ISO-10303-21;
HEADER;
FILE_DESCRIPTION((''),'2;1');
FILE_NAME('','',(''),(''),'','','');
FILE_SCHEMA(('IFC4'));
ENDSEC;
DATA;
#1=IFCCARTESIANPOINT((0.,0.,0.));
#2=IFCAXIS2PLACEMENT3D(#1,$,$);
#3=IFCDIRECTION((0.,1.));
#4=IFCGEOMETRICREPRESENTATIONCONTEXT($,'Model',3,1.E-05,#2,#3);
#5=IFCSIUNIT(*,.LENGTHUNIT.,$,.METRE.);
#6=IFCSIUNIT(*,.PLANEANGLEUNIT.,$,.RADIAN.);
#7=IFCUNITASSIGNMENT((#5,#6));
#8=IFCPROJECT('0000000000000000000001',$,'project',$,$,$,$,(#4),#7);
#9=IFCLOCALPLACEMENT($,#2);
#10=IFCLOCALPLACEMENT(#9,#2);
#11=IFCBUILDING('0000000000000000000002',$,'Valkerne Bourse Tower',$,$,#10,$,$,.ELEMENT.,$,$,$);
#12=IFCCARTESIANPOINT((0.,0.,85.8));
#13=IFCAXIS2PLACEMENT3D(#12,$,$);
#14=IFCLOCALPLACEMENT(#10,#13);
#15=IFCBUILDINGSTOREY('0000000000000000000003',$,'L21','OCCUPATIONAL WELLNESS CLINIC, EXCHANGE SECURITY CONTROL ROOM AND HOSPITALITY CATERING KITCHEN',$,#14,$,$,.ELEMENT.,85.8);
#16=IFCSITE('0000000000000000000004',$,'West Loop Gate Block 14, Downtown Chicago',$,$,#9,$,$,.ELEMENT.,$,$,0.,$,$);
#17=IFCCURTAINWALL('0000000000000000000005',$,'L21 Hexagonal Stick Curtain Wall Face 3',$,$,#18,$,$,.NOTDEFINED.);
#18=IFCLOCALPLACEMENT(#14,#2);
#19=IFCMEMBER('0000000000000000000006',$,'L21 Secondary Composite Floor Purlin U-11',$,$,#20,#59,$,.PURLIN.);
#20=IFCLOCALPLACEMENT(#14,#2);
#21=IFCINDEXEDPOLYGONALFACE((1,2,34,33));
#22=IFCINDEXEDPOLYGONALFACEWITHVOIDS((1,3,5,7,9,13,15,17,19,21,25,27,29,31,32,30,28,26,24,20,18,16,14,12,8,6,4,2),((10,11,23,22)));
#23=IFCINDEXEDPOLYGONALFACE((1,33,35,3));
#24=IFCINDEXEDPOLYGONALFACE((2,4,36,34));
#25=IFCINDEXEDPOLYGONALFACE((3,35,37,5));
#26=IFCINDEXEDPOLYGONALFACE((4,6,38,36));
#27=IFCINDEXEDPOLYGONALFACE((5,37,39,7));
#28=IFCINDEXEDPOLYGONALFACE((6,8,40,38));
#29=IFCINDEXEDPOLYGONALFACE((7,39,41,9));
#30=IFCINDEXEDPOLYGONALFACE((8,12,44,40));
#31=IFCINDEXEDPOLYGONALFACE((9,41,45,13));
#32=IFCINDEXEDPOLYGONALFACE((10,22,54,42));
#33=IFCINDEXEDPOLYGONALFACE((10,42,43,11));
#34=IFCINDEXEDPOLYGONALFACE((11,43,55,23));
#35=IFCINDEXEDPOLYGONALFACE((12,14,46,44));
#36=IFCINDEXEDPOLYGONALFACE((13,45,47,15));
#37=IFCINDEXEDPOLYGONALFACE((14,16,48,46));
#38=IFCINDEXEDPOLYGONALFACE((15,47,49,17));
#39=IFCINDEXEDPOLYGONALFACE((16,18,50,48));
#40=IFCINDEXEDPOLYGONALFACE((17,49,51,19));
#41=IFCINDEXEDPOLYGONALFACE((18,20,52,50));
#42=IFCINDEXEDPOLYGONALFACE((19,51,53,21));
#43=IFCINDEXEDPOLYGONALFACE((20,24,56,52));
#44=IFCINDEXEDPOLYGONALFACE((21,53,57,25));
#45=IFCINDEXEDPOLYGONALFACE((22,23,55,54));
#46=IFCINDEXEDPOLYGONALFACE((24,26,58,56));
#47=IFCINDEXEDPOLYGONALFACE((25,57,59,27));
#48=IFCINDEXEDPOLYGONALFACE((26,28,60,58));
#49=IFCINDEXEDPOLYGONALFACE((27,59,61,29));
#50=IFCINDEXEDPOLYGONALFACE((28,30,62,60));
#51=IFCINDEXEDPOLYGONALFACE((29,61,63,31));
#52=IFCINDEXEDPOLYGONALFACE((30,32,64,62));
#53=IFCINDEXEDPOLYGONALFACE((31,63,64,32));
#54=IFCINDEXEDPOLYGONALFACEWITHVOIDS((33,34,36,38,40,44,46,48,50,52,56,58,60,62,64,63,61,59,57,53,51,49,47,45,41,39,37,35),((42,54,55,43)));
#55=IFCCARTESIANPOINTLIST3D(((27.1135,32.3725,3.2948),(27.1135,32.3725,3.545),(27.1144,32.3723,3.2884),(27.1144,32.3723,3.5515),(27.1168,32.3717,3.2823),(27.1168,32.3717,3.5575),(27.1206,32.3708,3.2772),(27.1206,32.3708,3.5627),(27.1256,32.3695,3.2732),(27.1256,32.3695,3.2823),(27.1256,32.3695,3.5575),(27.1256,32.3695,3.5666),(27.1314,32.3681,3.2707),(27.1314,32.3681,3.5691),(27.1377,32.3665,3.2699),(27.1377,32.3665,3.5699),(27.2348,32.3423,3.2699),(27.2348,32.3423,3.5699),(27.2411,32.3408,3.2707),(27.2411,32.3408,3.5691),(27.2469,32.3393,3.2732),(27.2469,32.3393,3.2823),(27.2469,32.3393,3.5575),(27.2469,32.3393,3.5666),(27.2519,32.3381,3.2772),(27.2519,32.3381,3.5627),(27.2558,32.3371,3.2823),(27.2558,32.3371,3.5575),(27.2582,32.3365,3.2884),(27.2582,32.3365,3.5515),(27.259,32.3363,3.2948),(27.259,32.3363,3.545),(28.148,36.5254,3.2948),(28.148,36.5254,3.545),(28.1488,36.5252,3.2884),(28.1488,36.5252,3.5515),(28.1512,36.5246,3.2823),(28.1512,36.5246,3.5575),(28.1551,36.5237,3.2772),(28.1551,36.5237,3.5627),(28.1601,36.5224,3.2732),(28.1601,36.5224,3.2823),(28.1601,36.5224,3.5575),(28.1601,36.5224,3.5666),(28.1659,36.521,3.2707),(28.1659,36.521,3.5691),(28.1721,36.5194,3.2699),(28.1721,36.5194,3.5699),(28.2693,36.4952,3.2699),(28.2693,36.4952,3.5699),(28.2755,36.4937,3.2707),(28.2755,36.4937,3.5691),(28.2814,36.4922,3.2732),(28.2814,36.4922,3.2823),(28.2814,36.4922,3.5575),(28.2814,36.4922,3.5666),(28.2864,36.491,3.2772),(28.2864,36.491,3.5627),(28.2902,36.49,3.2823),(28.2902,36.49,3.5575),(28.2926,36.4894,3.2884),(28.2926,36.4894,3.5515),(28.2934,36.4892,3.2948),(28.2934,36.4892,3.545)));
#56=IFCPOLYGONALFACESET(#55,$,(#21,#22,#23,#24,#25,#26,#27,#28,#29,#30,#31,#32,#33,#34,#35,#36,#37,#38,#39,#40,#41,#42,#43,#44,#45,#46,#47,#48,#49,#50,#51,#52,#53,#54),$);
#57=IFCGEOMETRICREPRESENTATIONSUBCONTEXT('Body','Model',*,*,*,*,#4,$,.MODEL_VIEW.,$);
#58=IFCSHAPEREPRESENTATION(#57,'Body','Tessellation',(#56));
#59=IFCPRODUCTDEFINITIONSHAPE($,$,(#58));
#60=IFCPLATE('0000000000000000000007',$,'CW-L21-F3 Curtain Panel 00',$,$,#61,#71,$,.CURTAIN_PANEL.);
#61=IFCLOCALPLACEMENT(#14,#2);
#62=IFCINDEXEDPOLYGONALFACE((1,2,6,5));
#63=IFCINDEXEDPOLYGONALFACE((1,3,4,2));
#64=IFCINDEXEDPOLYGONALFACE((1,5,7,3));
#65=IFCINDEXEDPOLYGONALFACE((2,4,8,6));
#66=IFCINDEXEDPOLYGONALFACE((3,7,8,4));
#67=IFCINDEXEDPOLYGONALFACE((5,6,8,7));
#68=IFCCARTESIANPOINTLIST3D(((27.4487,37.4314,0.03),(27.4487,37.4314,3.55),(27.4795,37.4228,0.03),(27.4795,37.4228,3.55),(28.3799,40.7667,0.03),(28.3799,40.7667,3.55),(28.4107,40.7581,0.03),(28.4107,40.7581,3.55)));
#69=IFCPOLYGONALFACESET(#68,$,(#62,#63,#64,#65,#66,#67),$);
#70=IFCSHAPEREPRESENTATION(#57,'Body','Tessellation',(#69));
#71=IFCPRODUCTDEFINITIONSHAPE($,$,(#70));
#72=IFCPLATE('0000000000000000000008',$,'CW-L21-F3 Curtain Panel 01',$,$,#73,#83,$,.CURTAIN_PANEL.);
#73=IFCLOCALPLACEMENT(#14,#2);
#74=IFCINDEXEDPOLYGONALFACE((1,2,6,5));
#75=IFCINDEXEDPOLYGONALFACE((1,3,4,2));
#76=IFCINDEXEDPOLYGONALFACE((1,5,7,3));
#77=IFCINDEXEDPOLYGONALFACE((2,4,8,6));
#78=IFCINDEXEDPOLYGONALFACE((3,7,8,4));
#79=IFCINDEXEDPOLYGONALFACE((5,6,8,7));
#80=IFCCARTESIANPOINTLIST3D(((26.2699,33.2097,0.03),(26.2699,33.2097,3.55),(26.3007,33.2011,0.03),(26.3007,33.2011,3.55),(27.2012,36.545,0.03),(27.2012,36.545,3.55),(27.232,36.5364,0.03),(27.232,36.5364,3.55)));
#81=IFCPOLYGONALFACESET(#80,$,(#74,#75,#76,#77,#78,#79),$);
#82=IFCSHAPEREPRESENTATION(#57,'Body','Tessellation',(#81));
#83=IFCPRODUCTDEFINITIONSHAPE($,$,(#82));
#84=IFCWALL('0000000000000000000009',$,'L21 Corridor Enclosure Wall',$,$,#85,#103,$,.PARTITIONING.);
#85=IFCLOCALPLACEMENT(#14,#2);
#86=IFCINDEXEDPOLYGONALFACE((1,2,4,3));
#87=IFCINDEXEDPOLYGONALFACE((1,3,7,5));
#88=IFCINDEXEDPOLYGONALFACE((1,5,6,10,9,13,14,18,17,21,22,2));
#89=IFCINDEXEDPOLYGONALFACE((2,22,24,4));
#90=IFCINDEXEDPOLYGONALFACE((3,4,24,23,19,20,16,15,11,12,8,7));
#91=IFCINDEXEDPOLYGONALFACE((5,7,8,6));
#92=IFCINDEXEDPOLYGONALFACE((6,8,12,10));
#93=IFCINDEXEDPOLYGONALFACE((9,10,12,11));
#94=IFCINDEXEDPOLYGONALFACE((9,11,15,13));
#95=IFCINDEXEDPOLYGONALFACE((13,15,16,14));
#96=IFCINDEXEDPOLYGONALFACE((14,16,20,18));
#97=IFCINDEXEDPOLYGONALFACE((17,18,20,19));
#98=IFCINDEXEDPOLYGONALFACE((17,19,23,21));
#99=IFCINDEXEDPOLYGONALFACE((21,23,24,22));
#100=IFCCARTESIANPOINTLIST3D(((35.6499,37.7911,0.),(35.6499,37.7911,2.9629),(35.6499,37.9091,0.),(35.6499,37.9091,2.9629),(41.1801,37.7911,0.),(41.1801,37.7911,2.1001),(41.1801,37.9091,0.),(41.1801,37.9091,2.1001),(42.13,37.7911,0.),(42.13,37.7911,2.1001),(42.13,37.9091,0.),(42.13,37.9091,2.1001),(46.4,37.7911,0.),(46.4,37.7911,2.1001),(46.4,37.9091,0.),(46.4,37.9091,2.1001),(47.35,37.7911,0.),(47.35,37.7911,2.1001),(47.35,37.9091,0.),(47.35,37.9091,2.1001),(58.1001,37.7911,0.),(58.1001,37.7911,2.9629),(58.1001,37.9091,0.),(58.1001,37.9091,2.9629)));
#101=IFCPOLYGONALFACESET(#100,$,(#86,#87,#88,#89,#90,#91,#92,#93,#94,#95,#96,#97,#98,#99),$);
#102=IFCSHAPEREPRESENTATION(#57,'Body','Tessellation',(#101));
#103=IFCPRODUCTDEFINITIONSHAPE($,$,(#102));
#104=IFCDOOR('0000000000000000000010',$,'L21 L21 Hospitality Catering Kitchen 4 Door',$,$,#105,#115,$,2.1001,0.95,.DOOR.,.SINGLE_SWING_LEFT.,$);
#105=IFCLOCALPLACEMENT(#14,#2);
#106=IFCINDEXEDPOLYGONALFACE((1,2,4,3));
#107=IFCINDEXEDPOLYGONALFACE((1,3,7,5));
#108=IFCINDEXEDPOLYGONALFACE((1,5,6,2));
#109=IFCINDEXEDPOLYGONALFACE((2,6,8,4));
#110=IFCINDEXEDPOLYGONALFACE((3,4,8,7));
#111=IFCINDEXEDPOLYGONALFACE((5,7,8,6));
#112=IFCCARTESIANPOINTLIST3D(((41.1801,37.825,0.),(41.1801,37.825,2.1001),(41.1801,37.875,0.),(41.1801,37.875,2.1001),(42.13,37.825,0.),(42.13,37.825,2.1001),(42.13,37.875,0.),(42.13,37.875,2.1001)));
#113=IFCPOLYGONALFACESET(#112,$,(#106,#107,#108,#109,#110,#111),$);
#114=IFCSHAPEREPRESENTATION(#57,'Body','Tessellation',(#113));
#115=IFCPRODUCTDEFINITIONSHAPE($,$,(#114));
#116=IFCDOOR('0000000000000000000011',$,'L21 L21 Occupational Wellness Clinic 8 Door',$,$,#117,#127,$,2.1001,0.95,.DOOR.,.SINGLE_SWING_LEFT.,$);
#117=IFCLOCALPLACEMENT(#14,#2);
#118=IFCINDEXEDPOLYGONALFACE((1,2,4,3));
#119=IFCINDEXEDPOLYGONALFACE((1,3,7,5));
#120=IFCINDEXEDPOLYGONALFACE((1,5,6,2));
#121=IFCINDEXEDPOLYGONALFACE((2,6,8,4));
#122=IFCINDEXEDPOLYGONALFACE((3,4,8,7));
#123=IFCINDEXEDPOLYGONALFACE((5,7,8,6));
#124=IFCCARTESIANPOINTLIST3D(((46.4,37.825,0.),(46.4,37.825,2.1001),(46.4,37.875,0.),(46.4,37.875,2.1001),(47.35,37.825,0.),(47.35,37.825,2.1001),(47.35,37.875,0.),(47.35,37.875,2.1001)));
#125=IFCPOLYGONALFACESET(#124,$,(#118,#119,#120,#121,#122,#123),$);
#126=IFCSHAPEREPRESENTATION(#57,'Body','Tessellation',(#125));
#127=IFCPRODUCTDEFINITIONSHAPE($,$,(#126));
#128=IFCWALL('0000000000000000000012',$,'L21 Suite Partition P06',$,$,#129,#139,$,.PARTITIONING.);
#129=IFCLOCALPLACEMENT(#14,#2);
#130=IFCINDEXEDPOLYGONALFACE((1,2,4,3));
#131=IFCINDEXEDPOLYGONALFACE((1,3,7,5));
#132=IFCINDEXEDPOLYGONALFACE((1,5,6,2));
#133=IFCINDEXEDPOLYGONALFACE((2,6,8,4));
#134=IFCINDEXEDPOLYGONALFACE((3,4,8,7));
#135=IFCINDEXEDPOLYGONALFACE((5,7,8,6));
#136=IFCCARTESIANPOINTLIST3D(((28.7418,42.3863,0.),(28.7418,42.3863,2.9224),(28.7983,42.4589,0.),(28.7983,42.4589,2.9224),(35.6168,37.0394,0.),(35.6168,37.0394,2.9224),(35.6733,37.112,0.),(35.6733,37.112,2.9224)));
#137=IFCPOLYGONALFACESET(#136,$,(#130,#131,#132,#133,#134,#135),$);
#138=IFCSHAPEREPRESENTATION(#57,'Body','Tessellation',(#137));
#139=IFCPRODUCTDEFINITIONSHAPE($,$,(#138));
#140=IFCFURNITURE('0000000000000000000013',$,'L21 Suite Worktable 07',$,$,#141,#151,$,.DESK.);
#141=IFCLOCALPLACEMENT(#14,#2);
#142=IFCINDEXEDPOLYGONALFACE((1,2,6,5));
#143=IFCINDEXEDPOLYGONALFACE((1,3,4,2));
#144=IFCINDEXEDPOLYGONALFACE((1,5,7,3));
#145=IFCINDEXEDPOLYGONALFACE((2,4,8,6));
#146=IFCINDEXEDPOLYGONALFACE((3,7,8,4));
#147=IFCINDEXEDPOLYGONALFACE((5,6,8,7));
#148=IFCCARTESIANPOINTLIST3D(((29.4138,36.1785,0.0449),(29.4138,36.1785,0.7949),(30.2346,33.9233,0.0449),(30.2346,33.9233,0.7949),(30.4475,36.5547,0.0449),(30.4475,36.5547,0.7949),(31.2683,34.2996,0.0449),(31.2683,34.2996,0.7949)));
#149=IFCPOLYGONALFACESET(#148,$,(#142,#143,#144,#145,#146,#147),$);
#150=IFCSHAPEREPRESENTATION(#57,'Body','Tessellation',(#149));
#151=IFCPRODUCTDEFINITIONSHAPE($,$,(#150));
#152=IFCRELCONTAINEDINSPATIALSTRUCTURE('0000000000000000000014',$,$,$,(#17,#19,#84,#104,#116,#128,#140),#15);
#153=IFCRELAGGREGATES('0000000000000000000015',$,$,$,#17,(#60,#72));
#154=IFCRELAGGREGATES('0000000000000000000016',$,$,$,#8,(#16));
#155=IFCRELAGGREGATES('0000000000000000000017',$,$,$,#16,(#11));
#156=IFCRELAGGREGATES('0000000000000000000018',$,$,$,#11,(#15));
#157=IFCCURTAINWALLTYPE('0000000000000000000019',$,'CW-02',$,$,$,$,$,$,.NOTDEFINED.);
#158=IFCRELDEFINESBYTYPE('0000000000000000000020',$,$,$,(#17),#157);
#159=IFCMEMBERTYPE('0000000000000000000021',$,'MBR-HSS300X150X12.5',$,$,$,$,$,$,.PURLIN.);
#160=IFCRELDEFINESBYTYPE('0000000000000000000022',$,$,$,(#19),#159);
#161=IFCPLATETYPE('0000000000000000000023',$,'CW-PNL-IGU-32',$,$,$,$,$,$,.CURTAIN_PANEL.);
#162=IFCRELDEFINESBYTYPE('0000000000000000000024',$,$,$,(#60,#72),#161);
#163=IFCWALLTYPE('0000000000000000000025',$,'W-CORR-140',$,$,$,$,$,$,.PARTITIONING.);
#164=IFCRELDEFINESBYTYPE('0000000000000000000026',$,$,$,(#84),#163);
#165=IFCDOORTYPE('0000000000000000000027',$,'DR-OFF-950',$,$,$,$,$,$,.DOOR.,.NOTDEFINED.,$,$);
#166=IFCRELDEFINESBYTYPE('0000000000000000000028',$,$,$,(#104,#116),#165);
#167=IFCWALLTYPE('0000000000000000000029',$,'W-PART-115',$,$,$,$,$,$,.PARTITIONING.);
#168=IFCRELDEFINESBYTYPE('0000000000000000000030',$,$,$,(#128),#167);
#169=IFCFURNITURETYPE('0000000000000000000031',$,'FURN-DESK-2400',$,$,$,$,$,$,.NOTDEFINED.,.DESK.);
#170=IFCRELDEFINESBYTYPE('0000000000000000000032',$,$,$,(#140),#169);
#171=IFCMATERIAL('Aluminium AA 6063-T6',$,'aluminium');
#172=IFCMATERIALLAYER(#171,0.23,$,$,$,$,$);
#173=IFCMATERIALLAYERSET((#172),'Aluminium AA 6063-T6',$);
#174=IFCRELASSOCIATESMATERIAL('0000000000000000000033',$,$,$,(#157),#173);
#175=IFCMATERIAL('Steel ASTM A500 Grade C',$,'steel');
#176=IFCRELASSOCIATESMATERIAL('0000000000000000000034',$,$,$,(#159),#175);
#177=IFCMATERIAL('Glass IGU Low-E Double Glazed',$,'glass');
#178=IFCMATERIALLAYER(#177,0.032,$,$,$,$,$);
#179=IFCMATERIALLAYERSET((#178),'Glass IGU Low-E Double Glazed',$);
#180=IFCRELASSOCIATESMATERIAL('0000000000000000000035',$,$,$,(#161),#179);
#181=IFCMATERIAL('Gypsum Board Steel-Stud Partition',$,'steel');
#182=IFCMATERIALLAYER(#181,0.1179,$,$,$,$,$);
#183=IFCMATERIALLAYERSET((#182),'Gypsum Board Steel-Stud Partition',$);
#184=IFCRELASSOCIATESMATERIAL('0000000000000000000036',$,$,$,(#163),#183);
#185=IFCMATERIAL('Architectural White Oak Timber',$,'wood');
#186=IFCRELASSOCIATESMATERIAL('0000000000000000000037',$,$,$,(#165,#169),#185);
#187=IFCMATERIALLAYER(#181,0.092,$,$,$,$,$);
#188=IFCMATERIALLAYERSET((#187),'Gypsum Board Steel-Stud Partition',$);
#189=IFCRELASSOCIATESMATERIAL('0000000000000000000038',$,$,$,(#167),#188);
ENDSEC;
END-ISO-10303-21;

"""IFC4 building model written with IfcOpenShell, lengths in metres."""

from ifc_helpers import new_model, si_unit, direction, frame, frame_2d, origin, origin_2d, place, context, subcontext, project, spatial, rectangle, hollow_rectangle, extrude, material, layer, layer_set, material_profile, profile_set, type_object, element, fill, aggregate, save


model = new_model("IFC4")

# Units and contexts
model_context = context("Model", 3, precision=1e-05, world=origin(), true_north=direction((0.0, 1.0)))
body_context = subcontext(model_context, "Body", "Model", "MODEL_VIEW")
ifc_project = project(units=[si_unit("LENGTHUNIT", "METRE"), si_unit("PLANEANGLEUNIT", "RADIAN")], contexts=[model_context])

# Site, building, storey
site_placement = place(None, origin())
site = spatial("IfcSite", under=ifc_project, at=site_placement, Name="West Loop Gate Block 14, Downtown Chicago", CompositionType="ELEMENT", RefElevation=0.0)
building_placement = place(site_placement, origin())
building = spatial("IfcBuilding", under=site, at=building_placement, Name="Valkerne Bourse Tower", CompositionType="ELEMENT")
storey_placement = place(building_placement, frame((0.0, 0.0, 85.8)))
storey = spatial("IfcBuildingStorey", under=building, at=storey_placement, Name="L21", Description="OCCUPATIONAL WELLNESS CLINIC, EXCHANGE SECURITY CONTROL ROOM AND HOSPITALITY CATERING KITCHEN", CompositionType="ELEMENT", Elevation=85.8)

# Curtain wall
ifc_material_1 = material(Name="Aluminium AA 6063-T6", Category="aluminium")
ifc_layer_1 = layer(ifc_material_1, 0.23)
ifc_layer_set_1 = layer_set([ifc_layer_1], Name="Aluminium AA 6063-T6")
curtain_wall_type = type_object("IfcCurtainWallType", Name="CW-02", PredefinedType="NOTDEFINED", material=ifc_layer_set_1)
curtain_wall_placement = place(storey_placement, origin())
curtain_wall = element("IfcCurtainWall", 1, at=curtain_wall_placement, inside=storey, type_object=curtain_wall_type, Name="L21 Hexagonal Stick Curtain Wall Face 3", PredefinedType="NOTDEFINED")

# Member
ifc_material_2 = material(Name="Steel ASTM A500 Grade C", Category="steel")
ifc_material_profile_1 = material_profile(ifc_material_2, hollow_rectangle(XDim=0.1499, YDim=0.3, WallThickness=0.0125, OuterFilletRadius=0.0249, at=origin_2d()), Name="HSS300X150X12.5")
ifc_profile_set_1 = profile_set([ifc_material_profile_1], Name="Steel ASTM A500 Grade C")
member_type_1 = type_object("IfcMemberType", Name="MBR-HSS300X150X12.5", PredefinedType="PURLIN", material=ifc_profile_set_1)
member_1_placement = place(storey_placement, frame((28.2207, 36.5073, 3.4199), z_axis=(-0.241703, -0.97035, 0.0), x_axis=(0.97035, -0.241703, 0.0)))
element("IfcMember", 2, at=member_1_placement, inside=storey, type_object=member_type_1, Name="L21 Secondary Composite Floor Purlin U-11", PredefinedType="PURLIN", context=body_context, shape_type="SweptSolid", body=[
    extrude(hollow_rectangle(XDim=0.1499, YDim=0.3, WallThickness=0.0125, OuterFilletRadius=0.0249, at=origin_2d()), origin(), (0.0, 0.0, 1.0), 4.2798),
])

# Plates
ifc_material_3 = material(Name="Glass IGU Low-E Double Glazed", Category="glass")
ifc_layer_2 = layer(ifc_material_3, 0.032)
ifc_layer_set_2 = layer_set([ifc_layer_2], Name="Glass IGU Low-E Double Glazed")
plate_type = type_object("IfcPlateType", Name="CW-PNL-IGU-32", PredefinedType="CURTAIN_PANEL", material=ifc_layer_set_2)
plate_1_placement = place(storey_placement, frame((27.9297, 39.0947, 0.03), z_axis=(0.0, 0.0, 1.0), x_axis=(-0.2689, -0.963168, 0.0)))
plate_1 = element("IfcPlate", 3, at=plate_1_placement, type_object=plate_type, Name="CW-L21-F3 Curtain Panel 00", PredefinedType="CURTAIN_PANEL", context=body_context, shape_type="SweptSolid", body=[
    extrude(rectangle(XDim=3.4629, YDim=0.032, at=origin_2d()), origin(), (0.0, 0.0, 1.0), 3.52),
])
plate_2_placement = place(storey_placement, frame((26.751, 34.873, 0.03), z_axis=(0.0, 0.0, 1.0), x_axis=(-0.268927, -0.96316, 0.0)))
plate_2 = element("IfcPlate", 4, at=plate_2_placement, type_object=plate_type, Name="CW-L21-F3 Curtain Panel 01", PredefinedType="CURTAIN_PANEL", context=body_context, shape_type="SweptSolid", body=[
    extrude(rectangle(XDim=3.4629, YDim=0.032, at=origin_2d()), origin(), (0.0, 0.0, 1.0), 3.52),
])
aggregate(curtain_wall, [plate_1, plate_2])

# Wall, openings, doors
ifc_material_4 = material(Name="Gypsum Board Steel-Stud Partition", Category="steel")
ifc_layer_3 = layer(ifc_material_4, 0.1179)
ifc_layer_set_3 = layer_set([ifc_layer_3], Name="Gypsum Board Steel-Stud Partition")
wall_type_1 = type_object("IfcWallType", Name="W-CORR-140", PredefinedType="PARTITIONING", material=ifc_layer_set_3)
wall_1_placement = place(storey_placement, frame((35.6499, 37.8501, 0.0), z_axis=(0.0, 0.0, 1.0), x_axis=(1.0, 0.0, 0.0)))
wall_1 = element("IfcWall", 5, at=wall_1_placement, inside=storey, type_object=wall_type_1, Name="L21 Corridor Enclosure Wall", PredefinedType="PARTITIONING", context=body_context, shape_type="SweptSolid", body=[
    extrude(rectangle(XDim=22.4502, YDim=0.1179, at=frame_2d((11.2251, 0.0))), origin(), (0.0, 0.0, 1.0), 2.9629),
])
opening_1_placement = place(wall_1_placement, frame((5.53, 0.0, 0.0)))
opening_1 = element("IfcOpeningElement", 6, at=opening_1_placement, cuts=wall_1, PredefinedType="OPENING", context=body_context, shape_type="SweptSolid", body=[
    extrude(rectangle(XDim=0.95, YDim=2.1001, at=frame_2d((0.4751, 1.05))), frame((0.0, 0.0688, 0.0), z_axis=(0.0, -1.0, 0.0), x_axis=(1.0, 0.0, 0.0)), (0.0, 0.0, 1.0), 0.1379),
])
opening_2_placement = place(wall_1_placement, frame((10.75, 0.0, 0.0)))
opening_2 = element("IfcOpeningElement", 7, at=opening_2_placement, cuts=wall_1, PredefinedType="OPENING", context=body_context, shape_type="SweptSolid", body=[
    extrude(rectangle(XDim=0.95, YDim=2.1001, at=frame_2d((0.4751, 1.05))), frame((0.0, 0.0688, 0.0), z_axis=(0.0, -1.0, 0.0), x_axis=(1.0, 0.0, 0.0)), (0.0, 0.0, 1.0), 0.1379),
])
ifc_material_5 = material(Name="Architectural White Oak Timber", Category="wood")
door_type_1 = type_object("IfcDoorType", Name="DR-OFF-950", OperationType="NOTDEFINED", PredefinedType="DOOR", material=ifc_material_5)
door_1_placement = place(opening_1_placement, origin())
door_1 = element("IfcDoor", 8, at=door_1_placement, inside=storey, type_object=door_type_1, Name="L21 L21 Hospitality Catering Kitchen 4 Door", OperationType="SINGLE_SWING_LEFT", OverallHeight=2.1001, OverallWidth=0.95, PredefinedType="DOOR", context=body_context, shape_type="SweptSolid", body=[
    extrude(rectangle(XDim=0.95, YDim=2.1001, at=frame_2d((0.4751, 1.05))), frame((0.0, 0.0249, 0.0), z_axis=(0.0, -1.0, 0.0), x_axis=(1.0, 0.0, 0.0)), (0.0, 0.0, 1.0), 0.05),
])
fill(opening_1, door_1)
door_2_placement = place(opening_2_placement, origin())
door_2 = element("IfcDoor", 9, at=door_2_placement, inside=storey, type_object=door_type_1, Name="L21 L21 Occupational Wellness Clinic 8 Door", OperationType="SINGLE_SWING_LEFT", OverallHeight=2.1001, OverallWidth=0.95, PredefinedType="DOOR", context=body_context, shape_type="SweptSolid", body=[
    extrude(rectangle(XDim=0.95, YDim=2.1001, at=frame_2d((0.4751, 1.05))), frame((0.0, 0.0249, 0.0), z_axis=(0.0, -1.0, 0.0), x_axis=(1.0, 0.0, 0.0)), (0.0, 0.0, 1.0), 0.05),
])
fill(opening_2, door_2)

# Wall
ifc_layer_4 = layer(ifc_material_4, 0.092)
ifc_layer_set_4 = layer_set([ifc_layer_4], Name="Gypsum Board Steel-Stud Partition")
wall_type_2 = type_object("IfcWallType", Name="W-PART-115", PredefinedType="PARTITIONING", material=ifc_layer_set_4)
wall_2_placement = place(storey_placement, frame((35.645, 37.0757, 0.0), z_axis=(0.0, 0.0, 1.0), x_axis=(-0.789369, 0.613919, 0.0)))
element("IfcWall", 10, at=wall_2_placement, inside=storey, type_object=wall_type_2, Name="L21 Suite Partition P06", PredefinedType="PARTITIONING", context=body_context, shape_type="SweptSolid", body=[
    extrude(rectangle(XDim=8.7095, YDim=0.092, at=frame_2d((4.3547, 0.0))), origin(), (0.0, 0.0, 1.0), 2.9224),
])

# Furniture
furniture_type = type_object("IfcFurnitureType", Name="FURN-DESK-2400", AssemblyPlace="NOTDEFINED", PredefinedType="DESK", material=ifc_material_5)
furniture_placement = place(storey_placement, frame((30.3411, 35.239, 0.0449), z_axis=(0.0, 0.0, 1.0), x_axis=(-0.34202, 0.939693, 0.0)))
element("IfcFurniture", 11, at=furniture_placement, inside=storey, type_object=furniture_type, Name="L21 Suite Worktable 07", PredefinedType="DESK", context=body_context, shape_type="SweptSolid", body=[
    extrude(rectangle(XDim=2.3999, YDim=1.1001, at=origin_2d()), origin(), (0.0, 0.0, 1.0), 0.75),
])

save(model, "model.ifc")
